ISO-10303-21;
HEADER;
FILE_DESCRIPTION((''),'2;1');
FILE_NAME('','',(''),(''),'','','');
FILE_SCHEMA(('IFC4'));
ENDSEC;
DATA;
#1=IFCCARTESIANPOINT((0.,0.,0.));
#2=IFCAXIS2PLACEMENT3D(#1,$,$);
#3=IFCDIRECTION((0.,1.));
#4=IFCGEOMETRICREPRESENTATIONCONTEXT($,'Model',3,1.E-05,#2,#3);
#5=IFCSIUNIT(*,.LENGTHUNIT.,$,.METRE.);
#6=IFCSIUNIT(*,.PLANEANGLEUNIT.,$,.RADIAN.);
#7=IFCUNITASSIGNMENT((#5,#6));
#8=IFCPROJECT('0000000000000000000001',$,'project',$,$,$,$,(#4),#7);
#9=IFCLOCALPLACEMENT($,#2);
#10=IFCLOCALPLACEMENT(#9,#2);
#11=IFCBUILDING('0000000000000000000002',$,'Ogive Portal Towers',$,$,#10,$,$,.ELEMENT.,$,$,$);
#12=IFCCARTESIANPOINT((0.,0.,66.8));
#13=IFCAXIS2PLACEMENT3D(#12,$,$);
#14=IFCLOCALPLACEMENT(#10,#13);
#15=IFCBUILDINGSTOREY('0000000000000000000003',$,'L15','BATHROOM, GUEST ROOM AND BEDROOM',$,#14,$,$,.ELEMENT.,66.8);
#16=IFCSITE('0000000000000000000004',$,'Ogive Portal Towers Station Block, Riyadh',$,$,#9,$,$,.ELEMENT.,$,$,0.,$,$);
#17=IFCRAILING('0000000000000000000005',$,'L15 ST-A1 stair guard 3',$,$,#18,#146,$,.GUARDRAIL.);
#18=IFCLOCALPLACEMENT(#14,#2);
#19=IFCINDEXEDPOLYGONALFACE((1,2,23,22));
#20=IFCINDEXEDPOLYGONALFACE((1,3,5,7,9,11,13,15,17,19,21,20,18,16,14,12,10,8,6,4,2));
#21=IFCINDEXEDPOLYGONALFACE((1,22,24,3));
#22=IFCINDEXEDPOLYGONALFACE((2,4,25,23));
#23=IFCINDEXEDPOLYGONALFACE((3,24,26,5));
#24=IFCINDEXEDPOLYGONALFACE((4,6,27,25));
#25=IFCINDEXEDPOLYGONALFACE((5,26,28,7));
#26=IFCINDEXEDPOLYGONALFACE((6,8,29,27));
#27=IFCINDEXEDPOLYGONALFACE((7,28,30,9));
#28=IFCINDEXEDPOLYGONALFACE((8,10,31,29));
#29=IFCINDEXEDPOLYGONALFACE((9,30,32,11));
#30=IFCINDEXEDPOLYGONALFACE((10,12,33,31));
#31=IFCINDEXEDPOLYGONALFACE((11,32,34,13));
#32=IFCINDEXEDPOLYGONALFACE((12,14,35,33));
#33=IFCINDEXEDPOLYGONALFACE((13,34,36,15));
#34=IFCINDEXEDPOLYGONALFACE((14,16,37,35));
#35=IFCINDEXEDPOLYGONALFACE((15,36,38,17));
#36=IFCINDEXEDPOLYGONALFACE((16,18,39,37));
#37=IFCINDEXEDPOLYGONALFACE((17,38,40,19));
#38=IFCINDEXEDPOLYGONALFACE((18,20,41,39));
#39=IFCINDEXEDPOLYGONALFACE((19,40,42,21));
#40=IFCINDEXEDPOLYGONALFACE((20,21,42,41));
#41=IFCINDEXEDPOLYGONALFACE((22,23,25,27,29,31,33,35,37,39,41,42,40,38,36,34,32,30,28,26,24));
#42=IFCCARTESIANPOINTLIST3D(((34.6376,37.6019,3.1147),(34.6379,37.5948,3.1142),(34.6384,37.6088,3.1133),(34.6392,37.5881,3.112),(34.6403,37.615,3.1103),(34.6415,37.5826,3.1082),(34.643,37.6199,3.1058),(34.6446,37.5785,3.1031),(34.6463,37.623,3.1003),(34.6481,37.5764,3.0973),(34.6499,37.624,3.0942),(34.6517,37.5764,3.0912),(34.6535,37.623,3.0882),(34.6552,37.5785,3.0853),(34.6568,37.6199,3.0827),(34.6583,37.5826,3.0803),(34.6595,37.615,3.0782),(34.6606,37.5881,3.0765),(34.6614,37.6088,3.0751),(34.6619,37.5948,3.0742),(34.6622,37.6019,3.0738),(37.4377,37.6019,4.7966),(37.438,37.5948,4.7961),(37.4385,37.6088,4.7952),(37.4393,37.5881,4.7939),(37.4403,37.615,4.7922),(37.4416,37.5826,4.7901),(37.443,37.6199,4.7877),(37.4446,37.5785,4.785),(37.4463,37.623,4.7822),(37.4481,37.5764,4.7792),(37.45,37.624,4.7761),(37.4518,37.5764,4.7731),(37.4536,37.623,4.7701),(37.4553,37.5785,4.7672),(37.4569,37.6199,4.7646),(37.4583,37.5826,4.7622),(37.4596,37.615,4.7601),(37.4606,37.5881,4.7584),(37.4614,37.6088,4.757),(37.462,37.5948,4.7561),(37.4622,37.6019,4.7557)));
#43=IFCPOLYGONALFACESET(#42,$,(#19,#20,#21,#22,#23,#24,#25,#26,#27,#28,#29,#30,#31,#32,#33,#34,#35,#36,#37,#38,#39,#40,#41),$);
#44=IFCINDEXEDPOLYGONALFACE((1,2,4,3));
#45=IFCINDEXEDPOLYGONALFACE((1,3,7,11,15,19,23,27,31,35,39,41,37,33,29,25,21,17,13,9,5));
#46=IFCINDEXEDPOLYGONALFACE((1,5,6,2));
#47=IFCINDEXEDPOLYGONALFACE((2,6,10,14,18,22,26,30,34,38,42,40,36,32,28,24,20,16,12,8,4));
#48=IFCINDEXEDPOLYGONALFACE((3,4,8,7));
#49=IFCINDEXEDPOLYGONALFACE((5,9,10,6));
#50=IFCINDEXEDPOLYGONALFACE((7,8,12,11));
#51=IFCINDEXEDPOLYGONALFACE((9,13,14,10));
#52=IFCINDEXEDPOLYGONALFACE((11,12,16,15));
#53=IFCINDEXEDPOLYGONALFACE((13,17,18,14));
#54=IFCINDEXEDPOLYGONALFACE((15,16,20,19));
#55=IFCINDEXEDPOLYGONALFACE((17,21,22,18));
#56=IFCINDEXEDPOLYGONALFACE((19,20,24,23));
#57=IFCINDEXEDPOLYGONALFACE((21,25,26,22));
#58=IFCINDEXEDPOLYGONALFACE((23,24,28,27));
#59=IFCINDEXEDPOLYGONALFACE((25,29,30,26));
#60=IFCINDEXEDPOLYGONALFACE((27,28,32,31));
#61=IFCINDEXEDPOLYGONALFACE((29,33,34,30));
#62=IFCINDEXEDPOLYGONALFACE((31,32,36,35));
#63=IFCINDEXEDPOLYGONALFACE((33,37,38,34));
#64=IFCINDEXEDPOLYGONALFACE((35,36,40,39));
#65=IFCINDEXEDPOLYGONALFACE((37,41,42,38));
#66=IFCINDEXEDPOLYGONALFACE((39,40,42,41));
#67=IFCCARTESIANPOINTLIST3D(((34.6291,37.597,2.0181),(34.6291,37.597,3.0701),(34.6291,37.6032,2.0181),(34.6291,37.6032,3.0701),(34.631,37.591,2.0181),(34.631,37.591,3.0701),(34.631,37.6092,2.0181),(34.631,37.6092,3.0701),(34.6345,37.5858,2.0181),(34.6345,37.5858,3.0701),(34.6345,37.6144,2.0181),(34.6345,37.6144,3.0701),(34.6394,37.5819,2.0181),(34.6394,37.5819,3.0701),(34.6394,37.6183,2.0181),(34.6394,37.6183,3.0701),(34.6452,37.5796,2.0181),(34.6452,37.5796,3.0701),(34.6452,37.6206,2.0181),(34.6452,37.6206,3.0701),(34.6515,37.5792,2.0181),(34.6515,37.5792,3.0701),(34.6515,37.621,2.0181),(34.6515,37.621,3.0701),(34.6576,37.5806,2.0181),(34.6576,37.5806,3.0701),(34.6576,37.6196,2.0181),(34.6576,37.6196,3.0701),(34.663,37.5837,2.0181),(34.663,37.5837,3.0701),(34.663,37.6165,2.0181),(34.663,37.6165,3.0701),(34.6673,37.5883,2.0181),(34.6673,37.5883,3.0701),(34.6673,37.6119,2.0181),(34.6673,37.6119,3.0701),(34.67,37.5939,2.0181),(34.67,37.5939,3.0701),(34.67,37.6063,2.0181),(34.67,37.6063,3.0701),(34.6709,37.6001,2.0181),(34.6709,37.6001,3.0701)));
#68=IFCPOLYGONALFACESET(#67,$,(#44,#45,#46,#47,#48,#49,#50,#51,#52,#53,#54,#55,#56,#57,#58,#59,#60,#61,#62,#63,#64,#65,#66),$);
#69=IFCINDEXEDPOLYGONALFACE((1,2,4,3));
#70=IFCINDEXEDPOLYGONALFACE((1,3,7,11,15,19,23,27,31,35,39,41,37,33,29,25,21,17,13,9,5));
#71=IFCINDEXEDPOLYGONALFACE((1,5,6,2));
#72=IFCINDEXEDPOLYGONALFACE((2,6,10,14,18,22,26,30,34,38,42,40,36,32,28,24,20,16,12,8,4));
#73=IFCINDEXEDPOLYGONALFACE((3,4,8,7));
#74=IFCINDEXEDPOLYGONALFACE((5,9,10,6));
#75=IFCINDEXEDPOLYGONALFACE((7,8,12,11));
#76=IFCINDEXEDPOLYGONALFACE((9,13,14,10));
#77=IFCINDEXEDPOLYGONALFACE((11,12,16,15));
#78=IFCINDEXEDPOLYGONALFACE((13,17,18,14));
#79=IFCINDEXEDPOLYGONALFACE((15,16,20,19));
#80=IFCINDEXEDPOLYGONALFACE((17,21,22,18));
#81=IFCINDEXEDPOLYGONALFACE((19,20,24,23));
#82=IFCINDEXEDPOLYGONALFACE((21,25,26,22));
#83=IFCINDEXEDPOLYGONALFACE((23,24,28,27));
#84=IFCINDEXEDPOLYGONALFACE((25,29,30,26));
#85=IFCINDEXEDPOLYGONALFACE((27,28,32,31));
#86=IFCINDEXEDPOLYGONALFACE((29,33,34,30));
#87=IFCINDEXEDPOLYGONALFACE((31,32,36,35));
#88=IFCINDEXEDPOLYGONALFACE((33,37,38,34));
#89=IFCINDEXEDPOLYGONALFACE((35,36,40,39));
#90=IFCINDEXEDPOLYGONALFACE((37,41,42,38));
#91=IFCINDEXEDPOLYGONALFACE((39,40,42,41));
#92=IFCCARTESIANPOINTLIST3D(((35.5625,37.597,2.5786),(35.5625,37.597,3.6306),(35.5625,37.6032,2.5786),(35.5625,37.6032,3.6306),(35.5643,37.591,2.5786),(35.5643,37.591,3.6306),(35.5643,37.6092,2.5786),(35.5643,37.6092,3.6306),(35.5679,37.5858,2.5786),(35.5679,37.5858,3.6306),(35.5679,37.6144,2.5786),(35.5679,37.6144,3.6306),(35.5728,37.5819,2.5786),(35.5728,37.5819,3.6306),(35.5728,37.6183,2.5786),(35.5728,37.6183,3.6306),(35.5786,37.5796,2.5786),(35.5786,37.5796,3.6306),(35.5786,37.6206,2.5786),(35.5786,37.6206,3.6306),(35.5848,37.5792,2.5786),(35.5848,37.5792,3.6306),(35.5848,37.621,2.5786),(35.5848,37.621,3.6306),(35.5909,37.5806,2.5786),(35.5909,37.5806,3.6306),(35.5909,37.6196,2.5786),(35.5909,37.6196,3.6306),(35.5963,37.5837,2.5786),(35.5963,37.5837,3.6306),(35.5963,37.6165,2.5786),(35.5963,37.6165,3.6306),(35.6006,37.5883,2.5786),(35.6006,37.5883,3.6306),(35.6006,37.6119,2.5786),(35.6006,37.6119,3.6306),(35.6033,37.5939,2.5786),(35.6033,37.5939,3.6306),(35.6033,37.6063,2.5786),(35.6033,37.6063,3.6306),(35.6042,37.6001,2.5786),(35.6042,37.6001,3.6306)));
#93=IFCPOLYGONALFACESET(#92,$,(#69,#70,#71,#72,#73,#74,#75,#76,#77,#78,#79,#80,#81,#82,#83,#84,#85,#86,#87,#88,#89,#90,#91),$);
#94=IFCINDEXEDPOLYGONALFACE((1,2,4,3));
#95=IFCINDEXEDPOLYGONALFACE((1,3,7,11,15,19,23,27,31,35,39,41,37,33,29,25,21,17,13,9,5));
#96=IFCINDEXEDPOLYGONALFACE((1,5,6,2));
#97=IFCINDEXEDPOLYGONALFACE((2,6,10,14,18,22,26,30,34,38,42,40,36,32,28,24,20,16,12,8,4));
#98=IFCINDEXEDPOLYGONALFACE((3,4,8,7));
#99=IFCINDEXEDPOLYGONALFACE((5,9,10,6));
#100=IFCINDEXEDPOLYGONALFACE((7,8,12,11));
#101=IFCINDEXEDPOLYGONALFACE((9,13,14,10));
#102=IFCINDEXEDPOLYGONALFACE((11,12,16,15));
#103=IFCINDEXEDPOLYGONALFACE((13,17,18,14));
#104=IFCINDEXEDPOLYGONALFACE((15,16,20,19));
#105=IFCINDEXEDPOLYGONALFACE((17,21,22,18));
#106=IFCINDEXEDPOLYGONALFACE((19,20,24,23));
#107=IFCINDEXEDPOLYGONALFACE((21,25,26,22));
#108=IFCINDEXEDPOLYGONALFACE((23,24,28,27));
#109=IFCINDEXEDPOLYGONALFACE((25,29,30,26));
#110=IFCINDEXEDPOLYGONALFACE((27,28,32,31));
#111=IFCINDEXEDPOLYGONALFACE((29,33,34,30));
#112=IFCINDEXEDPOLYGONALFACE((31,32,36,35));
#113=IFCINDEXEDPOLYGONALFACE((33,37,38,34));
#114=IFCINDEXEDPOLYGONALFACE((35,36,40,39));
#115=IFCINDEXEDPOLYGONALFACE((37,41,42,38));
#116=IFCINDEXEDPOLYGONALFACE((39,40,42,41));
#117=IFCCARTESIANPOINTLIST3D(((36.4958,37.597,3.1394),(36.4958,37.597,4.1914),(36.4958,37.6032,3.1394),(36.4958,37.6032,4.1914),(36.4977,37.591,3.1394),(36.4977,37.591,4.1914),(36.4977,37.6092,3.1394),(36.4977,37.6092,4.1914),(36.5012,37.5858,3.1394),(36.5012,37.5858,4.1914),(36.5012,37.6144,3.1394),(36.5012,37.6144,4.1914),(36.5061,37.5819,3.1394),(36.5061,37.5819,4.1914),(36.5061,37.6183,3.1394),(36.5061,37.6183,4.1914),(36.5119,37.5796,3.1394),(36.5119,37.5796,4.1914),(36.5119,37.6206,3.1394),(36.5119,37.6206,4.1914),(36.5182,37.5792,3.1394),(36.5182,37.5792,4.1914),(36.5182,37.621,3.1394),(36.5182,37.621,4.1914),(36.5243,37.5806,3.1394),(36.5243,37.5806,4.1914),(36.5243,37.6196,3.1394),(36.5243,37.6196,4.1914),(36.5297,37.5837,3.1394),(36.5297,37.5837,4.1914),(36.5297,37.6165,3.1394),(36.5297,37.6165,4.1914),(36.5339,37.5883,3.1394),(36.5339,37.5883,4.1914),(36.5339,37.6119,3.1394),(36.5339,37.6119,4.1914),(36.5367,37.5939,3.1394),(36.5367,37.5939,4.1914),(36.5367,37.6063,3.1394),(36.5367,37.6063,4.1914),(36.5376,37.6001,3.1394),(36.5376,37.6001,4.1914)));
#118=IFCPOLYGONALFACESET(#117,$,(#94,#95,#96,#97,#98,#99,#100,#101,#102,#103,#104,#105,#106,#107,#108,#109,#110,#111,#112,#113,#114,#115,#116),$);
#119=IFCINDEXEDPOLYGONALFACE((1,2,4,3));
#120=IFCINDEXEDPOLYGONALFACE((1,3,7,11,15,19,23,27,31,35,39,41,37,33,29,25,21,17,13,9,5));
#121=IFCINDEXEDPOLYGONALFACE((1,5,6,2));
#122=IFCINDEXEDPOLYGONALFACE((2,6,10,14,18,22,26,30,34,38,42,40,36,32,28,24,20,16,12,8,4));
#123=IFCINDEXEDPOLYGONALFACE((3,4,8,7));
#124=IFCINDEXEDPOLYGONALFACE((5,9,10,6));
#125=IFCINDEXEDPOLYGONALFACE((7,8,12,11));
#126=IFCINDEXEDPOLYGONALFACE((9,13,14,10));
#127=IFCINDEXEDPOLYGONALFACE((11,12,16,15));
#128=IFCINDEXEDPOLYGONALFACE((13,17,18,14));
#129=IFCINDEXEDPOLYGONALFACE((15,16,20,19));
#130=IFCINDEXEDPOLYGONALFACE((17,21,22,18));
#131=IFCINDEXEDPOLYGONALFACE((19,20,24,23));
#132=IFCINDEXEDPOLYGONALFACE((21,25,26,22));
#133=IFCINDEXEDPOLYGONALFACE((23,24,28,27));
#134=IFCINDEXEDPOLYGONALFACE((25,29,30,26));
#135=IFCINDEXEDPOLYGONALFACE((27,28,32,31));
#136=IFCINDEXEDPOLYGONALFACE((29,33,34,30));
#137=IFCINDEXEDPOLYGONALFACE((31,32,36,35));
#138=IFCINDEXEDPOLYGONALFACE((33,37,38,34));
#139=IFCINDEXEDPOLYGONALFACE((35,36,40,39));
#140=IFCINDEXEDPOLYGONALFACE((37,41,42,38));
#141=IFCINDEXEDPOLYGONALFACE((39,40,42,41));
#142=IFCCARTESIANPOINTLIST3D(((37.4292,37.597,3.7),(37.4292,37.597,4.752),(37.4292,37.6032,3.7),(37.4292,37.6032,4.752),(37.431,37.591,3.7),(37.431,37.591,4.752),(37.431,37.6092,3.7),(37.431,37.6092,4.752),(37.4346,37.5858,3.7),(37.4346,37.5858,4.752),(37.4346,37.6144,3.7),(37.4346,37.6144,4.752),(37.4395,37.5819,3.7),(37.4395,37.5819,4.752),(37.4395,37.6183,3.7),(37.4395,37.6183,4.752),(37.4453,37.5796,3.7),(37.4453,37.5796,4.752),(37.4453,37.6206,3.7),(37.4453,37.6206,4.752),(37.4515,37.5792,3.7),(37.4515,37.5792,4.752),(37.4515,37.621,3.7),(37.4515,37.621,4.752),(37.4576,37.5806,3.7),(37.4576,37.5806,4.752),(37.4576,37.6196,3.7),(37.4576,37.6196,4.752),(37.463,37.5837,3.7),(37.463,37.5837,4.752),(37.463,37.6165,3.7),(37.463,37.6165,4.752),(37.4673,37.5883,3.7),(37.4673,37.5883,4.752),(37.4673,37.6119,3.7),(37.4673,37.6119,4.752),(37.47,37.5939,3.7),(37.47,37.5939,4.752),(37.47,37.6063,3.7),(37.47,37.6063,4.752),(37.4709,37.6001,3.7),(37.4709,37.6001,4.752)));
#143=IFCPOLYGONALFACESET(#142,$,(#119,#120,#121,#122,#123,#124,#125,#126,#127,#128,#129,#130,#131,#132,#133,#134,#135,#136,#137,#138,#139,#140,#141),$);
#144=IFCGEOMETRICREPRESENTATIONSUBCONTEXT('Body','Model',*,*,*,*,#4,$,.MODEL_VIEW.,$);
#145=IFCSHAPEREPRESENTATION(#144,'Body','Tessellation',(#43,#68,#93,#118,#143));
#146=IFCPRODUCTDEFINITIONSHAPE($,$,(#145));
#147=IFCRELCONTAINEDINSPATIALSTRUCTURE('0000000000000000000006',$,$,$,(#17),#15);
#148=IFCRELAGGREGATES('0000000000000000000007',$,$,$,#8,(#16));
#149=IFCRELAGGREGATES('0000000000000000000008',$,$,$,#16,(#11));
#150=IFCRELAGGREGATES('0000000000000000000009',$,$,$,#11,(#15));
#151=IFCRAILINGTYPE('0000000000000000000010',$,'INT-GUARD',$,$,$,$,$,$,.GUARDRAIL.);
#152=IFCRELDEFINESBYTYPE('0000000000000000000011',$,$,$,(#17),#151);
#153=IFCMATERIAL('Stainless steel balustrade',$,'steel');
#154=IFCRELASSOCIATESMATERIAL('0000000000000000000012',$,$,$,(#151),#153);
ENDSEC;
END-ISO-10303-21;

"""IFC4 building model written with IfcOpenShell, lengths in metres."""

from ifc_helpers import new_model, si_unit, direction, frame, origin, origin_2d, place, context, subcontext, project, spatial, circle, extrude, material, type_object, element, save


model = new_model("IFC4")

# Units and contexts
model_context = context("Model", 3, precision=1e-05, world=origin(), true_north=direction((0.0, 1.0)))
body_context = subcontext(model_context, "Body", "Model", "MODEL_VIEW")
ifc_project = project(units=[si_unit("LENGTHUNIT", "METRE"), si_unit("PLANEANGLEUNIT", "RADIAN")], contexts=[model_context])

# Site, building, storey
site_placement = place(None, origin())
site = spatial("IfcSite", under=ifc_project, at=site_placement, Name="Ogive Portal Towers Station Block, Riyadh", CompositionType="ELEMENT", RefElevation=0.0)
building_placement = place(site_placement, origin())
building = spatial("IfcBuilding", under=site, at=building_placement, Name="Ogive Portal Towers", CompositionType="ELEMENT")
storey_placement = place(building_placement, frame((0.0, 0.0, 66.8)))
storey = spatial("IfcBuildingStorey", under=building, at=storey_placement, Name="L15", Description="BATHROOM, GUEST ROOM AND BEDROOM", CompositionType="ELEMENT", Elevation=66.8)

# Railing
ifc_material_1 = material(Name="Stainless steel balustrade", Category="steel")
railing_type_1 = type_object("IfcRailingType", Name="INT-GUARD", PredefinedType="GUARDRAIL", material=ifc_material_1)
railing_1_placement = place(storey_placement, frame((34.6499, 37.6001, 2.0181)))
element("IfcRailing", 1, at=railing_1_placement, inside=storey, type_object=railing_type_1, Name="L15 ST-A1 stair guard 3", PredefinedType="GUARDRAIL", context=body_context, shape_type="SweptSolid", body=[
    extrude(circle(Radius=0.0239, at=origin_2d()), frame((0.0, 0.0, 1.0762), z_axis=(0.857242, 0.0, 0.514913), x_axis=(0.0, 1.0, 0.0)), (0.0, 0.0, 1.0), 3.2664),
    extrude(circle(Radius=0.021, at=origin_2d()), origin(), (0.0, 0.0, 1.0), 1.052),
    extrude(circle(Radius=0.021, at=origin_2d()), frame((0.9333, 0.0, 0.5605)), (0.0, 0.0, 1.0), 1.052),
    extrude(circle(Radius=0.021, at=origin_2d()), frame((1.8667, 0.0, 1.1213)), (0.0, 0.0, 1.0), 1.052),
    extrude(circle(Radius=0.021, at=origin_2d()), frame((2.8, 0.0, 1.6819)), (0.0, 0.0, 1.0), 1.052),
])

save(model, "model.ifc")
